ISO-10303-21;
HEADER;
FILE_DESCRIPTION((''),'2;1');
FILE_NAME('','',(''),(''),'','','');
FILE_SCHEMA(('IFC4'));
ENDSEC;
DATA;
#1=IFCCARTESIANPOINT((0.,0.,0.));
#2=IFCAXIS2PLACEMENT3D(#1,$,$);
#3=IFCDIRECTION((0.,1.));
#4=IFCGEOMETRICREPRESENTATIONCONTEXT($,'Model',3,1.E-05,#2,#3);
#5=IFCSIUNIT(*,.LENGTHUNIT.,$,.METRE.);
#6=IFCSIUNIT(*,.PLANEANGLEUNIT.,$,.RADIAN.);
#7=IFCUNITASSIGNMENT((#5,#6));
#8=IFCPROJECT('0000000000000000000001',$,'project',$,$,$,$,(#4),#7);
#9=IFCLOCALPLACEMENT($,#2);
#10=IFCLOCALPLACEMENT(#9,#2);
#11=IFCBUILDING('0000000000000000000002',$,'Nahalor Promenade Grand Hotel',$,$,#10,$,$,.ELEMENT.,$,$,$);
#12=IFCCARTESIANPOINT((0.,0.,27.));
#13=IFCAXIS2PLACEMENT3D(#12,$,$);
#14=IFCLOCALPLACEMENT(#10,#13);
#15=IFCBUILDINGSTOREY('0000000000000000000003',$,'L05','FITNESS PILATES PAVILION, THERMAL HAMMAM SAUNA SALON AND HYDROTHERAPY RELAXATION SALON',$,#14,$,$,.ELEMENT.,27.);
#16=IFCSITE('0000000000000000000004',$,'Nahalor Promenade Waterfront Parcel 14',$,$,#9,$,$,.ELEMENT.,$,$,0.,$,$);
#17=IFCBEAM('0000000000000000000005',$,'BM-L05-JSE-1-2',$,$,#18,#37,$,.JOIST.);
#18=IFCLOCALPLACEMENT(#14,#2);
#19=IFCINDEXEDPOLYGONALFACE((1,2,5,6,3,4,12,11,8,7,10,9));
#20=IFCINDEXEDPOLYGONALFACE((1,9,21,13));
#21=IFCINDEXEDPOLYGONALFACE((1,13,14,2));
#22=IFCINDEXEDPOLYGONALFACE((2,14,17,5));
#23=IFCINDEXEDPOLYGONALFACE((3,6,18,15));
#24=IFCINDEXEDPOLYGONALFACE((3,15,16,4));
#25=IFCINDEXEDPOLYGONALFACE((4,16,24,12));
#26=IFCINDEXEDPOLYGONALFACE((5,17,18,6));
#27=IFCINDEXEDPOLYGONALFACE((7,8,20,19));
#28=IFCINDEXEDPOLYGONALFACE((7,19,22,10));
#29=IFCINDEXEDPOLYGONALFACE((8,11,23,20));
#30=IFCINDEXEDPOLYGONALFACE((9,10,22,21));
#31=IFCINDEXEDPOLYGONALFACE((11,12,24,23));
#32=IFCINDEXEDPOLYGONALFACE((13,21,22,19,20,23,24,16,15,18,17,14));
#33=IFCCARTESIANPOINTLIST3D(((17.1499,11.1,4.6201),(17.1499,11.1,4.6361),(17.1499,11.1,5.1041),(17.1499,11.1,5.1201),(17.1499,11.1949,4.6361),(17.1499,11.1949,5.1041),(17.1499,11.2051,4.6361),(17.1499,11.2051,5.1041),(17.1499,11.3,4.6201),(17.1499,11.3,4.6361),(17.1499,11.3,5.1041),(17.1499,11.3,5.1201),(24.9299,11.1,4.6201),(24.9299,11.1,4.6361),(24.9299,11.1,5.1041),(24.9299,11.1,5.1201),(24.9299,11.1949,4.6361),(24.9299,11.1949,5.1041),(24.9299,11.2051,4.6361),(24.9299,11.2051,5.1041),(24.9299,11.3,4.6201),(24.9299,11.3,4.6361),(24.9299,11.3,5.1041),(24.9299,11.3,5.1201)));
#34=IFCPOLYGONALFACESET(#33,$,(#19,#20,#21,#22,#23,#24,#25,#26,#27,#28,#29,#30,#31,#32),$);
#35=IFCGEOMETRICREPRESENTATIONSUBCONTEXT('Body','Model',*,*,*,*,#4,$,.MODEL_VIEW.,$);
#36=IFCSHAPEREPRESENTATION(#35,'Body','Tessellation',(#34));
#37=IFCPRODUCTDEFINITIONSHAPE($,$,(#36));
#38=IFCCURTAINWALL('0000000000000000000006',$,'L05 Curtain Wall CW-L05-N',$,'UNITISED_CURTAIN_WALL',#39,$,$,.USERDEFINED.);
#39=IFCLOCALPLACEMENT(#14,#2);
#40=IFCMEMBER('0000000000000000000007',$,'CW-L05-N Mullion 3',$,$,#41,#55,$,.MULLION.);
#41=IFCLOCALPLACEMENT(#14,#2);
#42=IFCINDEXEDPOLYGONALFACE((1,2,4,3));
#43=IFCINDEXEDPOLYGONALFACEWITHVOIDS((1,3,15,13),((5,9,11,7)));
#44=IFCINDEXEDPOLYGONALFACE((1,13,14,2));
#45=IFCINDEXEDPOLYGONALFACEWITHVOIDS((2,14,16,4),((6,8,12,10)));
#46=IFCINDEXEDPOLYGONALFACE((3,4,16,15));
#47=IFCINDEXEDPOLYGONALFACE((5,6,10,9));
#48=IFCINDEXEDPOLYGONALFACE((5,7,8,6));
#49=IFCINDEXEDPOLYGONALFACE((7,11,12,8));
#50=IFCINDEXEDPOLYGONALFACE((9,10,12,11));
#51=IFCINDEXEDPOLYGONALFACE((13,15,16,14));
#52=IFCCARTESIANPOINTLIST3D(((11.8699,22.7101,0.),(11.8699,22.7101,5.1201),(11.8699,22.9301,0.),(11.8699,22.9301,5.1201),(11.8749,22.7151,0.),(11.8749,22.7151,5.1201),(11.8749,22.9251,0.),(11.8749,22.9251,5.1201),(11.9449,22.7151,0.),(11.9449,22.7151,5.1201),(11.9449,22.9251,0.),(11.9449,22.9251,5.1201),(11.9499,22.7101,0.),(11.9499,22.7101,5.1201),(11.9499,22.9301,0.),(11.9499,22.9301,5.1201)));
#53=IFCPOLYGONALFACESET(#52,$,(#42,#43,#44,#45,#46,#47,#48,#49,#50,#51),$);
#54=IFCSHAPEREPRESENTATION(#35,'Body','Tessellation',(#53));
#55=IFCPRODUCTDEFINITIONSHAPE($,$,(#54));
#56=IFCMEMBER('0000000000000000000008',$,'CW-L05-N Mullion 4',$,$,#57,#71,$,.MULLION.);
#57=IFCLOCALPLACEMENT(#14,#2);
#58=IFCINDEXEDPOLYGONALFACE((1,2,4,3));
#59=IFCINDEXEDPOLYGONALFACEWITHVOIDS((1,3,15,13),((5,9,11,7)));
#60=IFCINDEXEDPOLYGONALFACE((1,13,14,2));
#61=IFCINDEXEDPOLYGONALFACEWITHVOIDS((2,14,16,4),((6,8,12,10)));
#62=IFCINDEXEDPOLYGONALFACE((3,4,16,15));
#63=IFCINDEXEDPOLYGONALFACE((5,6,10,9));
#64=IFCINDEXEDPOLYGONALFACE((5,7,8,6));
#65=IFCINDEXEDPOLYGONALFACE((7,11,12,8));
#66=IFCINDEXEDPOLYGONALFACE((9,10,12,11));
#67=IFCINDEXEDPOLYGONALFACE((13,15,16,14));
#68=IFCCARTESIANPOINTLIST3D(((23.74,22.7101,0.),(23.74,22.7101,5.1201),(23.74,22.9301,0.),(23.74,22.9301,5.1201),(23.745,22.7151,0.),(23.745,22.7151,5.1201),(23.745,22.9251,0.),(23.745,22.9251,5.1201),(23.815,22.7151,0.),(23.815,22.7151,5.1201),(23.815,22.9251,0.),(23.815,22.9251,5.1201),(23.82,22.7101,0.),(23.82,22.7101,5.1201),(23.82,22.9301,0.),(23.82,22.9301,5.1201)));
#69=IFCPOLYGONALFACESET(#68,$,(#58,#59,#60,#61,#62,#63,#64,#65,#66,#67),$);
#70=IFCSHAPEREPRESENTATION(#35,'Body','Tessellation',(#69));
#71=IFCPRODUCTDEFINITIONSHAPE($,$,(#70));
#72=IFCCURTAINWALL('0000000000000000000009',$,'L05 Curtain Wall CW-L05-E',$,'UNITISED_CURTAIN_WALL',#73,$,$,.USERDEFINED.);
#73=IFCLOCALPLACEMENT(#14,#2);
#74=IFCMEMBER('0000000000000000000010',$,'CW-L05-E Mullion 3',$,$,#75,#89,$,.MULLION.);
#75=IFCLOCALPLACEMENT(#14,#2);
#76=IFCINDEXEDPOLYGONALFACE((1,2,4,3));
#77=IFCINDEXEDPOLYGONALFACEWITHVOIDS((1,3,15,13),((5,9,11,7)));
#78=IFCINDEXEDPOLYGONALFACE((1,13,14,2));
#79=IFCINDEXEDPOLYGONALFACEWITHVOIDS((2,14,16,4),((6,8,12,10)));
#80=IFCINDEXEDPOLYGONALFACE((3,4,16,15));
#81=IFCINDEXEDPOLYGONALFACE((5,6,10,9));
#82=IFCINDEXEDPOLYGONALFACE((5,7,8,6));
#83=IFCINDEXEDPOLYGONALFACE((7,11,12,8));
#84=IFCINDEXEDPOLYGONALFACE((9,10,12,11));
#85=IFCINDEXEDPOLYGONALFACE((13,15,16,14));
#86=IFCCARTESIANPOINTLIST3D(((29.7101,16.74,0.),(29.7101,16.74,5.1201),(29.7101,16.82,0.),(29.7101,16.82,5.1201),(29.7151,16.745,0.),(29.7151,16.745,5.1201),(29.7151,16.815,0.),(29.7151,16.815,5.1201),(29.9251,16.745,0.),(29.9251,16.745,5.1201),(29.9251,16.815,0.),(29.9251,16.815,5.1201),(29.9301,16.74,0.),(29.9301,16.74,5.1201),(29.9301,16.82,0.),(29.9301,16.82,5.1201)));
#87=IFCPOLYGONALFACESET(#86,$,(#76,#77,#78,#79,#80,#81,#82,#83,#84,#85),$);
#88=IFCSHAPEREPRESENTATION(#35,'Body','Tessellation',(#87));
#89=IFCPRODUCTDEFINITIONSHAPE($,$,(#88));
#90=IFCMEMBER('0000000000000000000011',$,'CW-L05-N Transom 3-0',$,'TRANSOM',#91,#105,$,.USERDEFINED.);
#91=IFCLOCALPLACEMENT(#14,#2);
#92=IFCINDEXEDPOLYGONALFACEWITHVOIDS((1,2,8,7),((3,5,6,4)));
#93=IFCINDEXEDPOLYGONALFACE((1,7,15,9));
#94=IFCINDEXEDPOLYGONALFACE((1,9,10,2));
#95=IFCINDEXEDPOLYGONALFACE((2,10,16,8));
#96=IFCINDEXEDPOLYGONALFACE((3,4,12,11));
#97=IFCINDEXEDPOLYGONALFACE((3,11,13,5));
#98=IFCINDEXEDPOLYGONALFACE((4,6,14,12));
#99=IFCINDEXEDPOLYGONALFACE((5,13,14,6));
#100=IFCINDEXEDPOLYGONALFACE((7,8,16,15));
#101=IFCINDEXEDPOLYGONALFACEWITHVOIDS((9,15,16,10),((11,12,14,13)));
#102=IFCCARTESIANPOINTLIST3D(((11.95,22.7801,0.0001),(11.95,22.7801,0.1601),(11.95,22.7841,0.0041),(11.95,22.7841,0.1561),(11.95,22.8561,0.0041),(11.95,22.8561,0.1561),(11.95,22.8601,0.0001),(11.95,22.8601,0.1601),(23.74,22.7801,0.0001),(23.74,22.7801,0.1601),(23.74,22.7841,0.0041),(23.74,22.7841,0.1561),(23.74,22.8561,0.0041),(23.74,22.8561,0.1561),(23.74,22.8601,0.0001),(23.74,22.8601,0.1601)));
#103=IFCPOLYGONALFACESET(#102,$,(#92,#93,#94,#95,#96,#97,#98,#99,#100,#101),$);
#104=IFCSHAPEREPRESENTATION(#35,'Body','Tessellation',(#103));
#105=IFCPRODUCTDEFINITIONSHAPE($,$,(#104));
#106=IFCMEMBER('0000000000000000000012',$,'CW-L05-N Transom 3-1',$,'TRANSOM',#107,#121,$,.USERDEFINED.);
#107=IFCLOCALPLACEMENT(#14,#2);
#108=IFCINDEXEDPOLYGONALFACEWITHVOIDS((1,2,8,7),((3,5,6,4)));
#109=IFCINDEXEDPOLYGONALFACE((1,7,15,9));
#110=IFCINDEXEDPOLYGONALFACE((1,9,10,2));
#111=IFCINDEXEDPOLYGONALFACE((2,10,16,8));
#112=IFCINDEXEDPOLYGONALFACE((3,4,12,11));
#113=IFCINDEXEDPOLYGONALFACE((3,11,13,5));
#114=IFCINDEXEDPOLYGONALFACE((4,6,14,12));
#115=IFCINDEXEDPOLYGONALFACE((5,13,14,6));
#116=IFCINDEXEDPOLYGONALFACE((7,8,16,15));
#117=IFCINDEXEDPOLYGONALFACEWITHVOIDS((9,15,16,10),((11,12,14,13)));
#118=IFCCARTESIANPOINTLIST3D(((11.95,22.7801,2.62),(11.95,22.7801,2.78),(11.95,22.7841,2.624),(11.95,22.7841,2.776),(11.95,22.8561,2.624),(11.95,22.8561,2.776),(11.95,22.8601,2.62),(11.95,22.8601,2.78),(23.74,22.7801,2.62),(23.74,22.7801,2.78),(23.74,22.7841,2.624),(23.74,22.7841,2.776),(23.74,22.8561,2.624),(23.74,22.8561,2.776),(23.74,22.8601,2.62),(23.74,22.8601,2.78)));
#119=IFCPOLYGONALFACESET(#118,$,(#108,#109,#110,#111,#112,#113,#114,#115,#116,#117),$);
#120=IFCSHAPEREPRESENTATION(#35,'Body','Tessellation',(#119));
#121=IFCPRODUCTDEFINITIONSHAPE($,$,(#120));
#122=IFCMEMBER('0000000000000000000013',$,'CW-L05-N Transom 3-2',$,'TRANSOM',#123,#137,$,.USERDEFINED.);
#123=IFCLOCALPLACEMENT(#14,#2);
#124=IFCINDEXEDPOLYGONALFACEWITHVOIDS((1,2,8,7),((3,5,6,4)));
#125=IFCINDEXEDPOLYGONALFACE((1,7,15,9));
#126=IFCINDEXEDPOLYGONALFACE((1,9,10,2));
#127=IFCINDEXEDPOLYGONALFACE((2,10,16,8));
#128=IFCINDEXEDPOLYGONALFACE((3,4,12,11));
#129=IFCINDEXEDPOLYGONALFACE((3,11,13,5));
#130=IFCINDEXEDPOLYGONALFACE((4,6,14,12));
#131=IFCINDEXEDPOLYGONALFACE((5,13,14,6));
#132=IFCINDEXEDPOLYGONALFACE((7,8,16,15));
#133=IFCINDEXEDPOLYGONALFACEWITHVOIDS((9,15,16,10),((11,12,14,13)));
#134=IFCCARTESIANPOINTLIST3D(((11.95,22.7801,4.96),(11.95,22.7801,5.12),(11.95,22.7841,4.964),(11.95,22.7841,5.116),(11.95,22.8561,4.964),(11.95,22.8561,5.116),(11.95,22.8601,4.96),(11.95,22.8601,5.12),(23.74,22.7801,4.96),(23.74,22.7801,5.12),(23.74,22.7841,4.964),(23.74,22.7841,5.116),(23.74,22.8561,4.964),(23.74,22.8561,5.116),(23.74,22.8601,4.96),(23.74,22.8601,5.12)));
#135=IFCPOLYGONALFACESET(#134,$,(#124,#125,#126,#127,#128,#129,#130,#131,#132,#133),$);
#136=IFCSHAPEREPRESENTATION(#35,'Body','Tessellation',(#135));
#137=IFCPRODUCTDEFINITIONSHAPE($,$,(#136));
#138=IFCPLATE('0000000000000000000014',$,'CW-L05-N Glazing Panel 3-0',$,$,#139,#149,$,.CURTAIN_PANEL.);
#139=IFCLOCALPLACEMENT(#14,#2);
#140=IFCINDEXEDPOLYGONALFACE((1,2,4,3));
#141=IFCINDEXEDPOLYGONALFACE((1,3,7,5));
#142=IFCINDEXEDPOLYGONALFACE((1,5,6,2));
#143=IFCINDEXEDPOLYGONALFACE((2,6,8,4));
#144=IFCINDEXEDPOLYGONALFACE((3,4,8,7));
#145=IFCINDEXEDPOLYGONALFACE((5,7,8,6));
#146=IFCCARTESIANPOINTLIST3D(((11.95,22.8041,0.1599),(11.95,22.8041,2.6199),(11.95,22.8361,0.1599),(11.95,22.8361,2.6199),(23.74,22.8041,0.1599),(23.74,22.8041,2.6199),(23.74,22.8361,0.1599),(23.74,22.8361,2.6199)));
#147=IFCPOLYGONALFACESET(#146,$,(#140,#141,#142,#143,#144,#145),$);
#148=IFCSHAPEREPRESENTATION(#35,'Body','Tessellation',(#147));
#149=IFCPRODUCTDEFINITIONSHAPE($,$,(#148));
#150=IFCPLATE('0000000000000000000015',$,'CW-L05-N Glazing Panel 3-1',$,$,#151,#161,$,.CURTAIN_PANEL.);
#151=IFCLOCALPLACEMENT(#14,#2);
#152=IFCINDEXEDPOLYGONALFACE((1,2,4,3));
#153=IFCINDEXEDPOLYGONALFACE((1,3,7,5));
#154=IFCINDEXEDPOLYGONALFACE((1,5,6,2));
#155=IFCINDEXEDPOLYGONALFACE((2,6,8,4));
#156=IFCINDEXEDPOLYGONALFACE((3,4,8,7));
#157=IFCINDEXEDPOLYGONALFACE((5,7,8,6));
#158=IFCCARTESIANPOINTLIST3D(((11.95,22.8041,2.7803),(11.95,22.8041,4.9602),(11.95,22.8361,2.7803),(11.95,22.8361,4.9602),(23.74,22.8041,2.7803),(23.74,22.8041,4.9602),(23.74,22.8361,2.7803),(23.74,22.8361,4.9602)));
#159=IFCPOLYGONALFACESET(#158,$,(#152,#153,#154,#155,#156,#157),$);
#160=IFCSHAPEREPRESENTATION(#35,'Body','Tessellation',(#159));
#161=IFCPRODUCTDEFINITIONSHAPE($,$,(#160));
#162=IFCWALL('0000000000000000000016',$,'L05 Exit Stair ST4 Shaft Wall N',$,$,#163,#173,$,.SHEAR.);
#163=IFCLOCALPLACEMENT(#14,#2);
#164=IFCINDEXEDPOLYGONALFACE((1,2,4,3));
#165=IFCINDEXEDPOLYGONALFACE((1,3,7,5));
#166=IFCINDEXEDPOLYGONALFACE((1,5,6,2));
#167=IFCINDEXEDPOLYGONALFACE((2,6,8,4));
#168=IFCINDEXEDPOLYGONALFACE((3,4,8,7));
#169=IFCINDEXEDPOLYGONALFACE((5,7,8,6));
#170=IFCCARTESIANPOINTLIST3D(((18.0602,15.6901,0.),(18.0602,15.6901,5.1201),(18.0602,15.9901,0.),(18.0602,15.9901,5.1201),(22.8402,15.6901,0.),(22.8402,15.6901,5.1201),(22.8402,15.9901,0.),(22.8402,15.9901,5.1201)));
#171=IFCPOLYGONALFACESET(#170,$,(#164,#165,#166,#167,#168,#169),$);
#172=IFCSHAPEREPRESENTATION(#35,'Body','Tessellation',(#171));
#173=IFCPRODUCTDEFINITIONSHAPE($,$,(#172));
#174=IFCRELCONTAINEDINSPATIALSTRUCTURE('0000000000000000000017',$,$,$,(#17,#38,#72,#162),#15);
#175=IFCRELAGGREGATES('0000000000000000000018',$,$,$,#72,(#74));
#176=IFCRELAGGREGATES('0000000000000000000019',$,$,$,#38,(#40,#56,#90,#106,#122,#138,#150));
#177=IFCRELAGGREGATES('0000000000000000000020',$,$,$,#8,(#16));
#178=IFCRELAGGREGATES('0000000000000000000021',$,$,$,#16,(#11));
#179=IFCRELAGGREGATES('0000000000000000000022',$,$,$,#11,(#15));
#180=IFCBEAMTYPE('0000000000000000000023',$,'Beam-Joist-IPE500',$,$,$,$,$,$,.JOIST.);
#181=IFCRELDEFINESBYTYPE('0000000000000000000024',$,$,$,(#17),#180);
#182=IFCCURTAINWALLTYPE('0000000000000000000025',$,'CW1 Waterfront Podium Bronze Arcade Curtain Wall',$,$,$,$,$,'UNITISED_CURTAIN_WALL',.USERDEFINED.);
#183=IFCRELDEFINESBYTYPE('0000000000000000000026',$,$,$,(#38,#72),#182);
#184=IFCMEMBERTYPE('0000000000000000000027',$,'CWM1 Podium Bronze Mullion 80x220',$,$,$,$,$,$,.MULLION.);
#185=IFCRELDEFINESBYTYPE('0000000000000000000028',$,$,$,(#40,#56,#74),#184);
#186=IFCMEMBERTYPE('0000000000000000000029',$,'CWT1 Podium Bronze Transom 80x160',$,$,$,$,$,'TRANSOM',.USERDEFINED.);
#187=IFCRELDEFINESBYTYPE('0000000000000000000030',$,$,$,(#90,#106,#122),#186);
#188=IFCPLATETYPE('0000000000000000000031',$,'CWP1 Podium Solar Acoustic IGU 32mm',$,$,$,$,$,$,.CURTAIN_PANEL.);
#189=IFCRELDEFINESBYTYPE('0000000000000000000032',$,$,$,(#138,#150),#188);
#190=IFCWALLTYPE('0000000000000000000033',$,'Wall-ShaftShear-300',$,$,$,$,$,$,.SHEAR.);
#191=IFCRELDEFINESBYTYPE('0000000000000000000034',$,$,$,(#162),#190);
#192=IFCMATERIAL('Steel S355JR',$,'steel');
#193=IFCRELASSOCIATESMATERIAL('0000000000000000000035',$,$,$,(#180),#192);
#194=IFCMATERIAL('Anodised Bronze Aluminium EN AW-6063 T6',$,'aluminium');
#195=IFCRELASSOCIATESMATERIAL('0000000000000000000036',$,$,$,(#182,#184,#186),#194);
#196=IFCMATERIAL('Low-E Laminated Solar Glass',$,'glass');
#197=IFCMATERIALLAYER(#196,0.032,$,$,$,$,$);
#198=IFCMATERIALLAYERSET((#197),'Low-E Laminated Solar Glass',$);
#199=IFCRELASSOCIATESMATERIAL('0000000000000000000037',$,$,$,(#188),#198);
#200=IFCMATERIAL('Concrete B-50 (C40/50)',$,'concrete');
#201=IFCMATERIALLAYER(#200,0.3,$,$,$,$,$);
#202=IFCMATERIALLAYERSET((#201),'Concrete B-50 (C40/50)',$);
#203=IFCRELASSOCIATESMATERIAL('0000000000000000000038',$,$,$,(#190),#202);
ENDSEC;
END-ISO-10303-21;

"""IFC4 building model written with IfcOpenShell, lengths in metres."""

from ifc_helpers import new_model, si_unit, direction, frame, frame_2d, origin, origin_2d, place, context, subcontext, project, spatial, rectangle, hollow_rectangle, i_section, extrude, source, transform, mapped, material, layer, layer_set, material_profile, profile_set, type_object, element, aggregate, save


model = new_model("IFC4")

# Units and contexts
model_context = context("Model", 3, precision=1e-05, world=origin(), true_north=direction((0.0, 1.0)))
body_context = subcontext(model_context, "Body", "Model", "MODEL_VIEW")
ifc_project = project(units=[si_unit("LENGTHUNIT", "METRE"), si_unit("PLANEANGLEUNIT", "RADIAN")], contexts=[model_context])

# Site, building, storey
site_placement = place(None, origin())
site = spatial("IfcSite", under=ifc_project, at=site_placement, Name="Nahalor Promenade Waterfront Parcel 14", CompositionType="ELEMENT", RefElevation=0.0)
building_placement = place(site_placement, origin())
building = spatial("IfcBuilding", under=site, at=building_placement, Name="Nahalor Promenade Grand Hotel", CompositionType="ELEMENT")
storey_placement = place(building_placement, frame((0.0, 0.0, 27.0)))
storey = spatial("IfcBuildingStorey", under=building, at=storey_placement, Name="L05", Description="FITNESS PILATES PAVILION, THERMAL HAMMAM SAUNA SALON AND HYDROTHERAPY RELAXATION SALON", CompositionType="ELEMENT", Elevation=27.0)

# Beam
ifc_material_1 = material(Name="Steel S355JR", Category="steel")
ifc_material_profile_1 = material_profile(ifc_material_1, i_section(OverallWidth=0.2, OverallDepth=0.5, WebThickness=0.0102, FlangeThickness=0.016, at=origin_2d()), Name="IPE 500")
ifc_profile_set_1 = profile_set([ifc_material_profile_1], Name="Steel S355JR")
beam_type_1 = type_object("IfcBeamType", Name="Beam-Joist-IPE500", PredefinedType="JOIST", material=ifc_profile_set_1)
shared_shape_1 = source(origin(), body_context, "Body", "SweptSolid", [
    extrude(i_section(OverallWidth=0.2, OverallDepth=0.5, WebThickness=0.0102, FlangeThickness=0.016, at=origin_2d()), origin(), (0.0, 0.0, 1.0), 7.78),
])
beam_placement = place(storey_placement, frame((17.1499, 11.2, 4.8701), z_axis=(1.0, 0.0, 0.0), x_axis=(0.0, 1.0, 0.0)))
element("IfcBeam", 1, at=beam_placement, inside=storey, type_object=beam_type_1, Name="BM-L05-JSE-1-2", PredefinedType="JOIST", context=body_context, shape_type="MappedRepresentation", body=[
    mapped(shared_shape_1, transform((0.0, 0.0, 0.0), scale=1.0)),
])

# Curtain wall, members
ifc_material_2 = material(Name="Anodised Bronze Aluminium EN AW-6063 T6", Category="aluminium")
curtain_wall_type = type_object("IfcCurtainWallType", Name="CW1 Waterfront Podium Bronze Arcade Curtain Wall", ElementType="UNITISED_CURTAIN_WALL", PredefinedType="USERDEFINED", material=ifc_material_2)
curtain_wall_1_placement = place(storey_placement, origin())
curtain_wall_1 = element("IfcCurtainWall", 2, at=curtain_wall_1_placement, inside=storey, type_object=curtain_wall_type, Name="L05 Curtain Wall CW-L05-N", ObjectType="UNITISED_CURTAIN_WALL", PredefinedType="USERDEFINED")
ifc_material_profile_2 = material_profile(ifc_material_2, hollow_rectangle(XDim=0.08, YDim=0.22, WallThickness=0.005, at=origin_2d()), Name="CWM 80x220x5")
ifc_profile_set_2 = profile_set([ifc_material_profile_2], Name="Anodised Bronze Aluminium EN AW-6063 T6")
member_type_1 = type_object("IfcMemberType", Name="CWM1 Podium Bronze Mullion 80x220", PredefinedType="MULLION", material=ifc_profile_set_2)
shared_shape_2 = source(origin(), body_context, "Body", "SweptSolid", [
    extrude(hollow_rectangle(XDim=0.08, YDim=0.22, WallThickness=0.005, at=origin_2d()), origin(), (0.0, 0.0, 1.0), 5.1201),
])
member_1_placement = place(storey_placement, frame((11.9099, 22.8201, 0.0), z_axis=(0.0, 0.0, 1.0), x_axis=(1.0, 0.0, 0.0)))
member_1 = element("IfcMember", 3, at=member_1_placement, type_object=member_type_1, Name="CW-L05-N Mullion 3", PredefinedType="MULLION", context=body_context, shape_type="MappedRepresentation", body=[
    mapped(shared_shape_2, transform((0.0, 0.0, 0.0), scale=1.0)),
])
member_2_placement = place(storey_placement, frame((23.78, 22.8201, 0.0), z_axis=(0.0, 0.0, 1.0), x_axis=(1.0, 0.0, 0.0)))
member_2 = element("IfcMember", 4, at=member_2_placement, type_object=member_type_1, Name="CW-L05-N Mullion 4", PredefinedType="MULLION", context=body_context, shape_type="MappedRepresentation", body=[
    mapped(shared_shape_2, transform((0.0, 0.0, 0.0), scale=1.0)),
])

# Curtain wall, member
curtain_wall_2_placement = place(storey_placement, origin())
curtain_wall_2 = element("IfcCurtainWall", 5, at=curtain_wall_2_placement, inside=storey, type_object=curtain_wall_type, Name="L05 Curtain Wall CW-L05-E", ObjectType="UNITISED_CURTAIN_WALL", PredefinedType="USERDEFINED")
member_3_placement = place(storey_placement, frame((29.8201, 16.78, 0.0), z_axis=(0.0, 0.0, 1.0), x_axis=(0.0, 1.0, 0.0)))
member_3 = element("IfcMember", 6, at=member_3_placement, type_object=member_type_1, Name="CW-L05-E Mullion 3", PredefinedType="MULLION", context=body_context, shape_type="MappedRepresentation", body=[
    mapped(shared_shape_2, transform((0.0, 0.0, 0.0), scale=1.0)),
])
aggregate(curtain_wall_2, [member_3])

# Members
ifc_material_profile_3 = material_profile(ifc_material_2, hollow_rectangle(XDim=0.08, YDim=0.16, WallThickness=0.004, at=origin_2d()), Name="CWT 80x160x4")
ifc_profile_set_3 = profile_set([ifc_material_profile_3], Name="Anodised Bronze Aluminium EN AW-6063 T6")
member_type_2 = type_object("IfcMemberType", Name="CWT1 Podium Bronze Transom 80x160", ElementType="TRANSOM", PredefinedType="USERDEFINED", material=ifc_profile_set_3)
shared_shape_3 = source(origin(), body_context, "Body", "SweptSolid", [
    extrude(hollow_rectangle(XDim=0.08, YDim=0.16, WallThickness=0.004, at=origin_2d()), origin(), (0.0, 0.0, 1.0), 11.79),
])
member_4_placement = place(storey_placement, frame((11.95, 22.8201, 0.0801), z_axis=(1.0, 0.0, 0.0), x_axis=(0.0, 1.0, 0.0)))
member_4 = element("IfcMember", 7, at=member_4_placement, type_object=member_type_2, Name="CW-L05-N Transom 3-0", ObjectType="TRANSOM", PredefinedType="USERDEFINED", context=body_context, shape_type="MappedRepresentation", body=[
    mapped(shared_shape_3, transform((0.0, 0.0, 0.0), scale=1.0)),
])
member_5_placement = place(storey_placement, frame((11.95, 22.8201, 2.7), z_axis=(1.0, 0.0, 0.0), x_axis=(0.0, 1.0, 0.0)))
member_5 = element("IfcMember", 8, at=member_5_placement, type_object=member_type_2, Name="CW-L05-N Transom 3-1", ObjectType="TRANSOM", PredefinedType="USERDEFINED", context=body_context, shape_type="MappedRepresentation", body=[
    mapped(shared_shape_3, transform((0.0, 0.0, 0.0), scale=1.0)),
])
member_6_placement = place(storey_placement, frame((11.95, 22.8201, 5.04), z_axis=(1.0, 0.0, 0.0), x_axis=(0.0, 1.0, 0.0)))
member_6 = element("IfcMember", 9, at=member_6_placement, type_object=member_type_2, Name="CW-L05-N Transom 3-2", ObjectType="TRANSOM", PredefinedType="USERDEFINED", context=body_context, shape_type="MappedRepresentation", body=[
    mapped(shared_shape_3, transform((0.0, 0.0, 0.0), scale=1.0)),
])

# Plates
ifc_material_3 = material(Name="Low-E Laminated Solar Glass", Category="glass")
ifc_layer_1 = layer(ifc_material_3, 0.032)
ifc_layer_set_1 = layer_set([ifc_layer_1], Name="Low-E Laminated Solar Glass")
plate_type = type_object("IfcPlateType", Name="CWP1 Podium Solar Acoustic IGU 32mm", PredefinedType="CURTAIN_PANEL", material=ifc_layer_set_1)
shared_shape_4 = source(origin(), body_context, "Body", "SweptSolid", [
    extrude(rectangle(XDim=11.79, YDim=0.032, at=origin_2d()), origin(), (0.0, 0.0, 1.0), 2.46),
])
plate_1_placement = place(storey_placement, frame((17.845, 22.8201, 0.1599), z_axis=(0.0, 0.0, 1.0), x_axis=(1.0, 0.0, 0.0)))
plate_1 = element("IfcPlate", 10, at=plate_1_placement, type_object=plate_type, Name="CW-L05-N Glazing Panel 3-0", PredefinedType="CURTAIN_PANEL", context=body_context, shape_type="MappedRepresentation", body=[
    mapped(shared_shape_4, transform((0.0, 0.0, 0.0), scale=1.0)),
])
shared_shape_5 = source(origin(), body_context, "Body", "SweptSolid", [
    extrude(rectangle(XDim=11.79, YDim=0.032, at=origin_2d()), origin(), (0.0, 0.0, 1.0), 2.1799),
])
plate_2_placement = place(storey_placement, frame((17.845, 22.8201, 2.7803), z_axis=(0.0, 0.0, 1.0), x_axis=(1.0, 0.0, 0.0)))
plate_2 = element("IfcPlate", 11, at=plate_2_placement, type_object=plate_type, Name="CW-L05-N Glazing Panel 3-1", PredefinedType="CURTAIN_PANEL", context=body_context, shape_type="MappedRepresentation", body=[
    mapped(shared_shape_5, transform((0.0, 0.0, 0.0), scale=1.0)),
])
aggregate(curtain_wall_1, [member_1, member_2, member_4, member_5, member_6, plate_1, plate_2])

# Wall
ifc_material_4 = material(Name="Concrete B-50 (C40/50)", Category="concrete")
ifc_layer_2 = layer(ifc_material_4, 0.3)
ifc_layer_set_2 = layer_set([ifc_layer_2], Name="Concrete B-50 (C40/50)")
wall_type_1 = type_object("IfcWallType", Name="Wall-ShaftShear-300", PredefinedType="SHEAR", material=ifc_layer_set_2)
shared_shape_6 = source(origin(), body_context, "Body", "SweptSolid", [
    extrude(rectangle(XDim=4.78, YDim=0.3, at=frame_2d((2.3901, 0.0))), origin(), (0.0, 0.0, 1.0), 5.1201),
])
wall_1_placement = place(storey_placement, frame((18.0601, 15.8401, 0.0), z_axis=(0.0, 0.0, 1.0), x_axis=(1.0, 0.0, 0.0)))
element("IfcWall", 12, at=wall_1_placement, inside=storey, type_object=wall_type_1, Name="L05 Exit Stair ST4 Shaft Wall N", PredefinedType="SHEAR", context=body_context, shape_type="MappedRepresentation", body=[
    mapped(shared_shape_6, transform((0.0, 0.0, 0.0), scale=1.0)),
])

save(model, "model.ifc")
